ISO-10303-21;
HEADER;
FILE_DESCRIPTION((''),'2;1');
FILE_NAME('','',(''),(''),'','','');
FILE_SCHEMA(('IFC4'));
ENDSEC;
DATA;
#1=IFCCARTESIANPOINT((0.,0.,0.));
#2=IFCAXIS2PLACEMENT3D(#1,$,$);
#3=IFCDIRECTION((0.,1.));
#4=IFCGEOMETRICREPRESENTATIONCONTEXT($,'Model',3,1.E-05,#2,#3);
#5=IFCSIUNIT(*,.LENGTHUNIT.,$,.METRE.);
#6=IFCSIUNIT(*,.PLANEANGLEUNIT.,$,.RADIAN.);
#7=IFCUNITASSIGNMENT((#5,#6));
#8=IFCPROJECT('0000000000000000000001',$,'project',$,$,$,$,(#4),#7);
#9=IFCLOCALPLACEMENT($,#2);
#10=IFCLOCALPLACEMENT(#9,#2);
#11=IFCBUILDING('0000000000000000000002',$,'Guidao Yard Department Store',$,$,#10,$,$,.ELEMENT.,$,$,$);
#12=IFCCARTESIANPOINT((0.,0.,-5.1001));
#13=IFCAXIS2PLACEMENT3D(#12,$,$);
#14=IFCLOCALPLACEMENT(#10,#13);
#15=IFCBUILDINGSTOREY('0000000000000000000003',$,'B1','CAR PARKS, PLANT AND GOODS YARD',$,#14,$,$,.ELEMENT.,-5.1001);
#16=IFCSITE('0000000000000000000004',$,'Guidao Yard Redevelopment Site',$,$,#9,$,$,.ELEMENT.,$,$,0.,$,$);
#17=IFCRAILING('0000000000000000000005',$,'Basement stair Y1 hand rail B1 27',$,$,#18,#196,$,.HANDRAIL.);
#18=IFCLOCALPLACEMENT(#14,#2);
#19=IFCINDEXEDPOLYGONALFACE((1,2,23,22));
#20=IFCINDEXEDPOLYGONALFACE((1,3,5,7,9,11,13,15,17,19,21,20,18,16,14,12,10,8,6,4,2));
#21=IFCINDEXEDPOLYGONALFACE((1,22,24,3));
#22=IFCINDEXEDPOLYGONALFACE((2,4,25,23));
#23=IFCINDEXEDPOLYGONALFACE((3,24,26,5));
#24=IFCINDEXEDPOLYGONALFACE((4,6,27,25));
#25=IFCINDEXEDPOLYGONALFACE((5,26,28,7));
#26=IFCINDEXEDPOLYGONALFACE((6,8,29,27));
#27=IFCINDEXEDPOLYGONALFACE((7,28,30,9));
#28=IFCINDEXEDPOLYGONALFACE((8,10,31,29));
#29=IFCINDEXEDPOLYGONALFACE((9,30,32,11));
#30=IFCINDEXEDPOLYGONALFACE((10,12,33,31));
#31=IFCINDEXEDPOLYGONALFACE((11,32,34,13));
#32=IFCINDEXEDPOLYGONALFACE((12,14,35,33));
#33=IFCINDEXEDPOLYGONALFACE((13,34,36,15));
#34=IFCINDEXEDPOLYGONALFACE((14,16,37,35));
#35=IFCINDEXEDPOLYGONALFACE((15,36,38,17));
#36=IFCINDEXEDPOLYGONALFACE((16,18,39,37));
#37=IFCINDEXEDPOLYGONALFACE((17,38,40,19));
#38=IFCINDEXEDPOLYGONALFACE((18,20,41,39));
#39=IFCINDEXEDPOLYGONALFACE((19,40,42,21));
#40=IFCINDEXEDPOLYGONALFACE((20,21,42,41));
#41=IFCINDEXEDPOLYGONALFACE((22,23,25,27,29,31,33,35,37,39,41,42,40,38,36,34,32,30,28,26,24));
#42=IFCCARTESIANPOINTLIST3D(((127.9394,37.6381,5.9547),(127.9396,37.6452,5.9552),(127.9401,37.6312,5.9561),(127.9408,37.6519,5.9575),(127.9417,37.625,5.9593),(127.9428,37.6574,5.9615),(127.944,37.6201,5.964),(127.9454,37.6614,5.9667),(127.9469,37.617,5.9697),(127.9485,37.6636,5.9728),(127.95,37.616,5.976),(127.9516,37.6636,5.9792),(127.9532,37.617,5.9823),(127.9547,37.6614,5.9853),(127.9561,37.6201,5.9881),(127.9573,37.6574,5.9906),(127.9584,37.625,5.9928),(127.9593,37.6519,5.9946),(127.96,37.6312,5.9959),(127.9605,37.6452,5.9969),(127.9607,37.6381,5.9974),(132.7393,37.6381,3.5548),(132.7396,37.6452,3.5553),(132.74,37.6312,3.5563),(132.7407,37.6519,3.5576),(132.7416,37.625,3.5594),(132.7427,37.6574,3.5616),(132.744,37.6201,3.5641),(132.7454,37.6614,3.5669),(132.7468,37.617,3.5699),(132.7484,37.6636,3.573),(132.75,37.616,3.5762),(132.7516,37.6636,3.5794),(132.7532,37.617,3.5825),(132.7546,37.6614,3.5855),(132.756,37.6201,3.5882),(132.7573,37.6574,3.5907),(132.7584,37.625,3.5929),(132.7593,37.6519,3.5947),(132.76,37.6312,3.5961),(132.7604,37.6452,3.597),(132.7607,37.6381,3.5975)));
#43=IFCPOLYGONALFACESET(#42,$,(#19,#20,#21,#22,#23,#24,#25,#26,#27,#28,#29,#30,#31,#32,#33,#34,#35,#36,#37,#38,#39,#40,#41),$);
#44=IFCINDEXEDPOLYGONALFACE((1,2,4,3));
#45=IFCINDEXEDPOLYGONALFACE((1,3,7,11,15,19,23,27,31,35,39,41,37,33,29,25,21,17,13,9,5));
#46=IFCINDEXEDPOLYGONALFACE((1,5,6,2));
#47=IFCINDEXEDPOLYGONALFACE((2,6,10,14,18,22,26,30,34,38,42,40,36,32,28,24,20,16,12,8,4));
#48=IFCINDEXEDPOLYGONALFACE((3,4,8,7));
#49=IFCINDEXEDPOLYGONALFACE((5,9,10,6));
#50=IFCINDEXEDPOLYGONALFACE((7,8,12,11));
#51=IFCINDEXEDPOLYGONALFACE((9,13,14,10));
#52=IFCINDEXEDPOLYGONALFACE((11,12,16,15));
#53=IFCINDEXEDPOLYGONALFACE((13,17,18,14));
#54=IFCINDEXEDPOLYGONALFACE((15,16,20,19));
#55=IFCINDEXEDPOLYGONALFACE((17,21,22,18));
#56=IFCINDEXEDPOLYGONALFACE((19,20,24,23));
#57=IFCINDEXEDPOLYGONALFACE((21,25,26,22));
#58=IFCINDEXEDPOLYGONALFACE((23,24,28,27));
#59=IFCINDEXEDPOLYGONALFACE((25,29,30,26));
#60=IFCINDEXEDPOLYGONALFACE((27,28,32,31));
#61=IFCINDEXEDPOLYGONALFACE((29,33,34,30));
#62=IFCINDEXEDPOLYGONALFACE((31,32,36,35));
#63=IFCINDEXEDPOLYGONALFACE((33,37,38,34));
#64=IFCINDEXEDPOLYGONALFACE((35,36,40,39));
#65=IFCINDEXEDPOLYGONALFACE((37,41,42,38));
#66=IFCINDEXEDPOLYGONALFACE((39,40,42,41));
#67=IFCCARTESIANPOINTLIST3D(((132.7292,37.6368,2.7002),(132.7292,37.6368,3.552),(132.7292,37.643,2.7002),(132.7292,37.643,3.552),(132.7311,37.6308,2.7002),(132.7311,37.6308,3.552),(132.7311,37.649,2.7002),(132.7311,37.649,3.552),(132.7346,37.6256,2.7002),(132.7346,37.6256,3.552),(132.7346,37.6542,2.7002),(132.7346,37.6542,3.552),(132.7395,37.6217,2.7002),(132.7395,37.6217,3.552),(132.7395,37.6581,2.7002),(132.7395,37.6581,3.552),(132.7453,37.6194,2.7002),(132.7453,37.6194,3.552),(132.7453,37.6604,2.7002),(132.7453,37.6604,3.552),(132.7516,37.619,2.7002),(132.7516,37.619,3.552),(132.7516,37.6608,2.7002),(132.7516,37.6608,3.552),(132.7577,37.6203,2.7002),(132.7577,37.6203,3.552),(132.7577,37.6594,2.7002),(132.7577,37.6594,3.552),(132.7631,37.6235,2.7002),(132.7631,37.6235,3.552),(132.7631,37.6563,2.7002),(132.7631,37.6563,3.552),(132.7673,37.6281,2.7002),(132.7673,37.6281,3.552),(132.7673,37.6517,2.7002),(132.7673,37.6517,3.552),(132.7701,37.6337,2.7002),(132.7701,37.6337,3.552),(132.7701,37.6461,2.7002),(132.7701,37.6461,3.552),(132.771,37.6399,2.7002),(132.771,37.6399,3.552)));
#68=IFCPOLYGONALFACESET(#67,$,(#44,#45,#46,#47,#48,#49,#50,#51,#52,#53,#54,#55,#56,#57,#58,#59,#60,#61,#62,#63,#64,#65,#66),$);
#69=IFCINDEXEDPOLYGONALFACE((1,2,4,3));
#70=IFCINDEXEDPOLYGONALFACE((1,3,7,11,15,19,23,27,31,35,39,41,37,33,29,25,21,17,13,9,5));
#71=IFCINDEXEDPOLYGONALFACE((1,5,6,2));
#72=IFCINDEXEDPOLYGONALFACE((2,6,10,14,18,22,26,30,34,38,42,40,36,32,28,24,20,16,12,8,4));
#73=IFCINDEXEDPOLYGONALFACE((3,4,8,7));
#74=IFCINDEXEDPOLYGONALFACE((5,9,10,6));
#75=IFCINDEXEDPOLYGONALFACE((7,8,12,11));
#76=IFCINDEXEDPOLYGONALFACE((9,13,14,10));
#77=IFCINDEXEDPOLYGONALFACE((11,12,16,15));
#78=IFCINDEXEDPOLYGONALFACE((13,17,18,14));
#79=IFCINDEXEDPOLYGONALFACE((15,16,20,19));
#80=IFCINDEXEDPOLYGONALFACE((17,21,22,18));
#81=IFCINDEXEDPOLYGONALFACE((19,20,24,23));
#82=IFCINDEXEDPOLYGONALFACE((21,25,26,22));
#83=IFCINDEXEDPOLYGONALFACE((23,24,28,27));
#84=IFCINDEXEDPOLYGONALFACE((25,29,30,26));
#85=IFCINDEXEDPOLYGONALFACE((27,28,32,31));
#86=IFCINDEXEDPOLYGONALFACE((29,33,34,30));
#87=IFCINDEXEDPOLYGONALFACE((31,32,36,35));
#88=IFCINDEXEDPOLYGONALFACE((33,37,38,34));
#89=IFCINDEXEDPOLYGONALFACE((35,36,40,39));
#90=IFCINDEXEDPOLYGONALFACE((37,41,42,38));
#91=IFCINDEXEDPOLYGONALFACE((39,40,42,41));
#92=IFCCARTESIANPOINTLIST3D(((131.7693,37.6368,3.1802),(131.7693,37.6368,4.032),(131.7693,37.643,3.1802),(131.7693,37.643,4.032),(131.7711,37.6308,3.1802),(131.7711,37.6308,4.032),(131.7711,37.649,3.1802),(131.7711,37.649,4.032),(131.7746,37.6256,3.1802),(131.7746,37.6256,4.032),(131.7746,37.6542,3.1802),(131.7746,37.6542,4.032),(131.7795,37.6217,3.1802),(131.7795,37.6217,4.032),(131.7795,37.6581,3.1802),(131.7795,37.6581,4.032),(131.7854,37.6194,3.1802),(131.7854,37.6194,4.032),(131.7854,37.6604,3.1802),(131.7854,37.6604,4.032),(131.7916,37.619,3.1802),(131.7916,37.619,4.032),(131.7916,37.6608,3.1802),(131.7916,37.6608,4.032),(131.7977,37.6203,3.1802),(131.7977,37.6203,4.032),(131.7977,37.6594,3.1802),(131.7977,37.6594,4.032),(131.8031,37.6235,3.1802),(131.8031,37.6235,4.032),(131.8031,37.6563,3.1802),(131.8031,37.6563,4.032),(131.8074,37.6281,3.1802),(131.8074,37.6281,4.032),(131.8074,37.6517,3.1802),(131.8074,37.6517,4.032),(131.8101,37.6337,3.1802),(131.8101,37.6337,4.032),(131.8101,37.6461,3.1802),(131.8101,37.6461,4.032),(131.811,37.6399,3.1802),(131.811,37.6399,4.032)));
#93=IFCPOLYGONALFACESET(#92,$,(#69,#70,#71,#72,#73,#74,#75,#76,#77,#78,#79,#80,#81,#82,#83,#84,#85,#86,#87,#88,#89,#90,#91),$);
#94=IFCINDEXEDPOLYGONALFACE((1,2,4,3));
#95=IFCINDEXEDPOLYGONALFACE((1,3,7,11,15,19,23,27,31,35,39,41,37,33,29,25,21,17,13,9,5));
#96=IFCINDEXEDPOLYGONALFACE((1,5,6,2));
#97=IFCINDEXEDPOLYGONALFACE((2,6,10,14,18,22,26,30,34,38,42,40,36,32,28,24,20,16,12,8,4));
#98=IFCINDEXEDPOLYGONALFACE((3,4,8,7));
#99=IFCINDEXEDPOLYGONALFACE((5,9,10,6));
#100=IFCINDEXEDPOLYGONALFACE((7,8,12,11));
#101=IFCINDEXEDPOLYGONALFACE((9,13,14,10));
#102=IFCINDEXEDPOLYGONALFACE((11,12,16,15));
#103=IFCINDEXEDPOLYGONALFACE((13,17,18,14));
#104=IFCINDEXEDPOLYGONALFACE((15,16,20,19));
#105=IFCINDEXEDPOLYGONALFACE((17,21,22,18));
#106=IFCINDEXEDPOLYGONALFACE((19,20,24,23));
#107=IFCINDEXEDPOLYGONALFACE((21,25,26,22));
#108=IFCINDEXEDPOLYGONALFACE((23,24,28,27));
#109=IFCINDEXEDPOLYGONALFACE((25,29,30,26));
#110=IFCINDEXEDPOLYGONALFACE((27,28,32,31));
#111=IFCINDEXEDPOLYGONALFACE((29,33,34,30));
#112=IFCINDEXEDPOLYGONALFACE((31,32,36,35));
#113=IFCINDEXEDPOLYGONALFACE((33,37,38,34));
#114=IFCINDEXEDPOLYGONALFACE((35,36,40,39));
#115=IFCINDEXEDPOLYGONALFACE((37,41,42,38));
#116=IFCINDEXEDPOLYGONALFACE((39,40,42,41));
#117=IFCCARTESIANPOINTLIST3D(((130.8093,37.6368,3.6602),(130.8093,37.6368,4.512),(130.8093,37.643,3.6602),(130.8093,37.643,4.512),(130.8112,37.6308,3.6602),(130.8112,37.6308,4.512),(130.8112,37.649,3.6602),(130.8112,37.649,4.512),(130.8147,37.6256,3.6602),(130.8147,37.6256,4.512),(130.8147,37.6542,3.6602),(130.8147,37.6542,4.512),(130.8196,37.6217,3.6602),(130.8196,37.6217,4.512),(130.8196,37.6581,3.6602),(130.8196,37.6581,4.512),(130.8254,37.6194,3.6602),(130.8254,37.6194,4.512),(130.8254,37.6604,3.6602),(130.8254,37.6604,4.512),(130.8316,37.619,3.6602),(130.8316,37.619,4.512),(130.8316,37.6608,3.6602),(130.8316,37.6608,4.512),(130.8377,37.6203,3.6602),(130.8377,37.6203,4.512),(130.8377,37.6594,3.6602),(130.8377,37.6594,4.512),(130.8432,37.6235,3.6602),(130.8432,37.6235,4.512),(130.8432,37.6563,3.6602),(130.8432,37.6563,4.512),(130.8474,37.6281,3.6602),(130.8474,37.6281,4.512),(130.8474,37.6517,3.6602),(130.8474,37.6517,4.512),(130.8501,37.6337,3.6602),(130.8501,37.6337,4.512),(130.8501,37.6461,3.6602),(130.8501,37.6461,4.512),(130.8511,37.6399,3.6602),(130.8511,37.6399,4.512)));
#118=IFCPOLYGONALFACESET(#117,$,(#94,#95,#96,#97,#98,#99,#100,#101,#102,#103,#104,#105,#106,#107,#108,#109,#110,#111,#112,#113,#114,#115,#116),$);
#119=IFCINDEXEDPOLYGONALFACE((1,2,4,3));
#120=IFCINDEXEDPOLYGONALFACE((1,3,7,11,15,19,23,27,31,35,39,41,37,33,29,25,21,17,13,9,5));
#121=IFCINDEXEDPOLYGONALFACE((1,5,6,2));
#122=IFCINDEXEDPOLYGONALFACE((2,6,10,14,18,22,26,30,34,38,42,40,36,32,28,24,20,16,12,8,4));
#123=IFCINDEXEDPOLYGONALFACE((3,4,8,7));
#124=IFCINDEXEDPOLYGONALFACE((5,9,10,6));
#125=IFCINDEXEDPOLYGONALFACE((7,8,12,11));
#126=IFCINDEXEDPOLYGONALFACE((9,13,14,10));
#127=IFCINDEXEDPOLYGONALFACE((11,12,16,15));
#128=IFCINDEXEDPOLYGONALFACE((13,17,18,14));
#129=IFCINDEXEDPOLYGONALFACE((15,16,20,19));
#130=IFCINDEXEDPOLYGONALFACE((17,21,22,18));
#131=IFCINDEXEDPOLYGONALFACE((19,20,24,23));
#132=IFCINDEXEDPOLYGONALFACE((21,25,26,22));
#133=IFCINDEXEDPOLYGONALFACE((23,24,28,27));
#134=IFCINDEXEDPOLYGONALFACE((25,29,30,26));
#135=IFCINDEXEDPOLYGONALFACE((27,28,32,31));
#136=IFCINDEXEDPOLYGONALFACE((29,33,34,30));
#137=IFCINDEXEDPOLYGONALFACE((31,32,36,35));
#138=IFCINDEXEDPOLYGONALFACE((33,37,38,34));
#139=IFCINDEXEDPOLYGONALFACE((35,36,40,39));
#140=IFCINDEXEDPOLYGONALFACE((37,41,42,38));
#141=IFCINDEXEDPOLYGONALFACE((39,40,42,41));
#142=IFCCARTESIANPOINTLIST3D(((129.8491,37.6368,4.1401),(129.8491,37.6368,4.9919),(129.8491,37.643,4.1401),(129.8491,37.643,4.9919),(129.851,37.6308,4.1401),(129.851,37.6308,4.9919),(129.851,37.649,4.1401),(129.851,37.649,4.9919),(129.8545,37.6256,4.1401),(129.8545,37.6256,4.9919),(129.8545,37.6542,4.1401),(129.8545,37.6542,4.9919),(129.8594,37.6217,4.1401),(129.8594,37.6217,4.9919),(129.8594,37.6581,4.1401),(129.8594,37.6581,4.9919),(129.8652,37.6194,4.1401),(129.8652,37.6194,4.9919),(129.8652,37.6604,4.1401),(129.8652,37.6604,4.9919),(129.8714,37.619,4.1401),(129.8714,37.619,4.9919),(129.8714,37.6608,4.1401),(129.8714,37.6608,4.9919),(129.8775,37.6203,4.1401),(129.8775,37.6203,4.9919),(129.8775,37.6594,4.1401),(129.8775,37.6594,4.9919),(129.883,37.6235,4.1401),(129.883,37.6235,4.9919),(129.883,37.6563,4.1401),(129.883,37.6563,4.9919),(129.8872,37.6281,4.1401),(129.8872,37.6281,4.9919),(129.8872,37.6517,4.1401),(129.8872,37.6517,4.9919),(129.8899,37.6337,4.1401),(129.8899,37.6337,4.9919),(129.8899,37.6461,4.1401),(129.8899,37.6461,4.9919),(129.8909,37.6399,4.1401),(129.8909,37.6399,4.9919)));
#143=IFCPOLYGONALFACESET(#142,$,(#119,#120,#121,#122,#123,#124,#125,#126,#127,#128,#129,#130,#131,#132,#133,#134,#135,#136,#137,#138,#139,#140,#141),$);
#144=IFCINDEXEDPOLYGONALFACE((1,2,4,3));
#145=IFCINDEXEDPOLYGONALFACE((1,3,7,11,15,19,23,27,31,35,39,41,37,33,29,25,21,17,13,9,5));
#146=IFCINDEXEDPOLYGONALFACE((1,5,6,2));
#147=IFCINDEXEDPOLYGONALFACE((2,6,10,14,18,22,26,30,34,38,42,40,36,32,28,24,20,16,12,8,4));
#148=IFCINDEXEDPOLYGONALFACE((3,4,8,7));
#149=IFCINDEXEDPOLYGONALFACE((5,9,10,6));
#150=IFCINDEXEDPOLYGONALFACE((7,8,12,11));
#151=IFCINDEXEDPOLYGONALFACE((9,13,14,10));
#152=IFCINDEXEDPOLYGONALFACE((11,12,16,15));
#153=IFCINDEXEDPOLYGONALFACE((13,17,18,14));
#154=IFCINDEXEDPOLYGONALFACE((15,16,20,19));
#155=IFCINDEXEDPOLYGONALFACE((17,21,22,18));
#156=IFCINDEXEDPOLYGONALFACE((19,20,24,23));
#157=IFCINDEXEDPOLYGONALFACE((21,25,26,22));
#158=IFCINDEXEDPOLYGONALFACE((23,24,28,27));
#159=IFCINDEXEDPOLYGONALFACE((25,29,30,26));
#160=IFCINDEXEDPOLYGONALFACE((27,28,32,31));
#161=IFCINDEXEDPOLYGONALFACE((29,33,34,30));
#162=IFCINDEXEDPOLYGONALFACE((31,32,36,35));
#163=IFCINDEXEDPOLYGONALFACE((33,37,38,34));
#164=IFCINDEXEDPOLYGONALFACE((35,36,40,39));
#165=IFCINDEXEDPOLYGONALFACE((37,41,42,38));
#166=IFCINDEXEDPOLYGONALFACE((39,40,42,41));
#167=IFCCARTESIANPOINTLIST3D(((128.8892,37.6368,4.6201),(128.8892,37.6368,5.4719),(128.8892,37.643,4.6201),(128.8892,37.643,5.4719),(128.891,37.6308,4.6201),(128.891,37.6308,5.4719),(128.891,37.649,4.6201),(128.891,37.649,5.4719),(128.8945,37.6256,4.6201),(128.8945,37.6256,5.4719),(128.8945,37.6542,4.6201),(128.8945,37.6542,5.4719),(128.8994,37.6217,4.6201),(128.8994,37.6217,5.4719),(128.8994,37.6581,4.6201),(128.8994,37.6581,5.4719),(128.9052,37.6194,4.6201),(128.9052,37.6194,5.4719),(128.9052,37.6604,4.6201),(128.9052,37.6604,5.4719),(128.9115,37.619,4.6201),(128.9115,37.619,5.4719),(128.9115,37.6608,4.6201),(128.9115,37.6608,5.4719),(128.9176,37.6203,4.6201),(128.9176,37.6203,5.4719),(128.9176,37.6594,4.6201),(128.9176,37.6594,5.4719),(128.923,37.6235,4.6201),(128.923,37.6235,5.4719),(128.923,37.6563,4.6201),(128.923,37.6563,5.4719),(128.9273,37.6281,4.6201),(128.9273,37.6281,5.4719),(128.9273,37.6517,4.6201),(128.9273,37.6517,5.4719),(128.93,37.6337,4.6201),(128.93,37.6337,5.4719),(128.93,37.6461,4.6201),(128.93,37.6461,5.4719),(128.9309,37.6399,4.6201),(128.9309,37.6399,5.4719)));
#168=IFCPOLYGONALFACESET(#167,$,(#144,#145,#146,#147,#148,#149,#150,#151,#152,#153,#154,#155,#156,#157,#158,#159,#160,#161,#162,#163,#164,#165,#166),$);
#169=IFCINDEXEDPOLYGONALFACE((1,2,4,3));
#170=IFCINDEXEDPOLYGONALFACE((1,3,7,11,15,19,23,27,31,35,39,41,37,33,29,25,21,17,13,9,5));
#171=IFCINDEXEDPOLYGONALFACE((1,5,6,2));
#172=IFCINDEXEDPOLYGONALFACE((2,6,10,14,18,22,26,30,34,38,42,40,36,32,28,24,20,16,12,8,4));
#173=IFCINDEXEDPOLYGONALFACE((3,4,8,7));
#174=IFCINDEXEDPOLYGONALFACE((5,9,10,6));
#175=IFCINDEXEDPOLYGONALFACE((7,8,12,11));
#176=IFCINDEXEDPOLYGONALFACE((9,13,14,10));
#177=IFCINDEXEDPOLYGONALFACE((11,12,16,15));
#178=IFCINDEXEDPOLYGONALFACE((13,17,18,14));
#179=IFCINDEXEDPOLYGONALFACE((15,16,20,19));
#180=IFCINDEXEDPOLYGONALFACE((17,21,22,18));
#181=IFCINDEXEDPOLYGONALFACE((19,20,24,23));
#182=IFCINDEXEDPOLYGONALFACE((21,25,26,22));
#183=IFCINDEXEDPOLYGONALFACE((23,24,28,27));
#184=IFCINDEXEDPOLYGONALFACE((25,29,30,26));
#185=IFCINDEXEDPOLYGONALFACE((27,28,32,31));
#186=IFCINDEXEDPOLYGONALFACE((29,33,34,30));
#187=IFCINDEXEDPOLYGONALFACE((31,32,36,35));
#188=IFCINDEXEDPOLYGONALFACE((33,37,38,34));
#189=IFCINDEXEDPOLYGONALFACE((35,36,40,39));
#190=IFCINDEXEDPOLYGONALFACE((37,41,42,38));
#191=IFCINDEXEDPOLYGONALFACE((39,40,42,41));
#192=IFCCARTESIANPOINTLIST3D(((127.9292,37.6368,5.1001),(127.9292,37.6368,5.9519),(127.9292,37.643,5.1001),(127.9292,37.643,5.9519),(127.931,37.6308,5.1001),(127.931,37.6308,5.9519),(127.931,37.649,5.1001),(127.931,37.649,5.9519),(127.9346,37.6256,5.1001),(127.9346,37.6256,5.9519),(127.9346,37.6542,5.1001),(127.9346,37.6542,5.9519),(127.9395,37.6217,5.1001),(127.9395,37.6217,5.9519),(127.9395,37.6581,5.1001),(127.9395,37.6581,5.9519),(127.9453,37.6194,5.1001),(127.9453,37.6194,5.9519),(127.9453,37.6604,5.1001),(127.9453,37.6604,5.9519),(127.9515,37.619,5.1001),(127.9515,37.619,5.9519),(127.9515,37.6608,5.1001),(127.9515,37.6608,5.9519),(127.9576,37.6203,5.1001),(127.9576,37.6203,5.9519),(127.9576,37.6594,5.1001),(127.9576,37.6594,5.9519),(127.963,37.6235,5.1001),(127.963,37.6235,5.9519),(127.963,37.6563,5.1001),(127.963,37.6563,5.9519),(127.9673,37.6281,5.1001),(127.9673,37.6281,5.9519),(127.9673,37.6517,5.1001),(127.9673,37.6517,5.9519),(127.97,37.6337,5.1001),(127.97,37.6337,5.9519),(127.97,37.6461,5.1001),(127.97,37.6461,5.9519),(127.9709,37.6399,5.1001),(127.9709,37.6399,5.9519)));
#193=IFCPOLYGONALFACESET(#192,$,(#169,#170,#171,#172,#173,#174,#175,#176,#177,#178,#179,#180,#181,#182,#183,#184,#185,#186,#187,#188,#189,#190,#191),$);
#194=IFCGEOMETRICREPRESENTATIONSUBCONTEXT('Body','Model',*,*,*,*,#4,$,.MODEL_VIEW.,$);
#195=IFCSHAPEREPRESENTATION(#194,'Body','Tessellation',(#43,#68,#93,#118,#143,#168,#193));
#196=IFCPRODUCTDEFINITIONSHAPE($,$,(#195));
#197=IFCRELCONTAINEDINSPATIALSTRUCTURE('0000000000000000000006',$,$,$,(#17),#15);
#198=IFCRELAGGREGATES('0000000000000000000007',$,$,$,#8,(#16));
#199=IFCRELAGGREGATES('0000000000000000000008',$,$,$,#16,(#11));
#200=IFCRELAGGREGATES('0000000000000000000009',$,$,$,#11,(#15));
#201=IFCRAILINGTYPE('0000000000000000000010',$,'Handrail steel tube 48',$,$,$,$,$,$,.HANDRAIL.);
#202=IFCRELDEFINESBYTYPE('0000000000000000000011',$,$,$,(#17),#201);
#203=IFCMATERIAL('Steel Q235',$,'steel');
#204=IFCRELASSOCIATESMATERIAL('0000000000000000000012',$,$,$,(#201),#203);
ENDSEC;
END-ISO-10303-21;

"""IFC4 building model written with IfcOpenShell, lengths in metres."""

from ifc_helpers import new_model, si_unit, direction, frame, origin, origin_2d, place, context, subcontext, project, spatial, circle, extrude, material, type_object, element, save


model = new_model("IFC4")

# Units and contexts
model_context = context("Model", 3, precision=1e-05, world=origin(), true_north=direction((0.0, 1.0)))
body_context = subcontext(model_context, "Body", "Model", "MODEL_VIEW")
ifc_project = project(units=[si_unit("LENGTHUNIT", "METRE"), si_unit("PLANEANGLEUNIT", "RADIAN")], contexts=[model_context])

# Site, building, storey
site_placement = place(None, origin())
site = spatial("IfcSite", under=ifc_project, at=site_placement, Name="Guidao Yard Redevelopment Site", CompositionType="ELEMENT", RefElevation=0.0)
building_placement = place(site_placement, origin())
building = spatial("IfcBuilding", under=site, at=building_placement, Name="Guidao Yard Department Store", CompositionType="ELEMENT")
storey_placement = place(building_placement, frame((0.0, 0.0, -5.1001)))
storey = spatial("IfcBuildingStorey", under=building, at=storey_placement, Name="B1", Description="CAR PARKS, PLANT AND GOODS YARD", CompositionType="ELEMENT", Elevation=-5.1001)

# Railing
ifc_material_1 = material(Name="Steel Q235", Category="steel")
railing_type_1 = type_object("IfcRailingType", Name="Handrail steel tube 48", PredefinedType="HANDRAIL", material=ifc_material_1)
for number, where, name in (
    (1, (132.75, 37.6399, 2.7002), "Basement stair Y1 hand rail B1 27"),
):
    element("IfcRailing", number, at=place(storey_placement, frame(where)), inside=storey, type_object=railing_type_1, Name=name, PredefinedType="HANDRAIL", context=body_context, shape_type="SweptSolid", body=[
        extrude(circle(Radius=0.0239, at=origin_2d()), frame((0.0, 0.0, 0.876), z_axis=(-0.894436, 0.0, 0.447195), x_axis=(0.0, -1.0, 0.0)), (0.0, 0.0, 1.0), 5.3665),
        extrude(circle(Radius=0.021, at=origin_2d()), origin(), (0.0, 0.0, 1.0), 0.8518),
        extrude(circle(Radius=0.021, at=origin_2d()), frame((-0.96, 0.0, 0.48)), (0.0, 0.0, 1.0), 0.8518),
        extrude(circle(Radius=0.021, at=origin_2d()), frame((-1.9199, 0.0, 0.96)), (0.0, 0.0, 1.0), 0.8518),
        extrude(circle(Radius=0.021, at=origin_2d()), frame((-2.8801, 0.0, 1.4399)), (0.0, 0.0, 1.0), 0.8518),
        extrude(circle(Radius=0.021, at=origin_2d()), frame((-3.8401, 0.0, 1.9199)), (0.0, 0.0, 1.0), 0.8518),
        extrude(circle(Radius=0.021, at=origin_2d()), frame((-4.8, 0.0, 2.3999)), (0.0, 0.0, 1.0), 0.8518),
    ])

save(model, "model.ifc")
